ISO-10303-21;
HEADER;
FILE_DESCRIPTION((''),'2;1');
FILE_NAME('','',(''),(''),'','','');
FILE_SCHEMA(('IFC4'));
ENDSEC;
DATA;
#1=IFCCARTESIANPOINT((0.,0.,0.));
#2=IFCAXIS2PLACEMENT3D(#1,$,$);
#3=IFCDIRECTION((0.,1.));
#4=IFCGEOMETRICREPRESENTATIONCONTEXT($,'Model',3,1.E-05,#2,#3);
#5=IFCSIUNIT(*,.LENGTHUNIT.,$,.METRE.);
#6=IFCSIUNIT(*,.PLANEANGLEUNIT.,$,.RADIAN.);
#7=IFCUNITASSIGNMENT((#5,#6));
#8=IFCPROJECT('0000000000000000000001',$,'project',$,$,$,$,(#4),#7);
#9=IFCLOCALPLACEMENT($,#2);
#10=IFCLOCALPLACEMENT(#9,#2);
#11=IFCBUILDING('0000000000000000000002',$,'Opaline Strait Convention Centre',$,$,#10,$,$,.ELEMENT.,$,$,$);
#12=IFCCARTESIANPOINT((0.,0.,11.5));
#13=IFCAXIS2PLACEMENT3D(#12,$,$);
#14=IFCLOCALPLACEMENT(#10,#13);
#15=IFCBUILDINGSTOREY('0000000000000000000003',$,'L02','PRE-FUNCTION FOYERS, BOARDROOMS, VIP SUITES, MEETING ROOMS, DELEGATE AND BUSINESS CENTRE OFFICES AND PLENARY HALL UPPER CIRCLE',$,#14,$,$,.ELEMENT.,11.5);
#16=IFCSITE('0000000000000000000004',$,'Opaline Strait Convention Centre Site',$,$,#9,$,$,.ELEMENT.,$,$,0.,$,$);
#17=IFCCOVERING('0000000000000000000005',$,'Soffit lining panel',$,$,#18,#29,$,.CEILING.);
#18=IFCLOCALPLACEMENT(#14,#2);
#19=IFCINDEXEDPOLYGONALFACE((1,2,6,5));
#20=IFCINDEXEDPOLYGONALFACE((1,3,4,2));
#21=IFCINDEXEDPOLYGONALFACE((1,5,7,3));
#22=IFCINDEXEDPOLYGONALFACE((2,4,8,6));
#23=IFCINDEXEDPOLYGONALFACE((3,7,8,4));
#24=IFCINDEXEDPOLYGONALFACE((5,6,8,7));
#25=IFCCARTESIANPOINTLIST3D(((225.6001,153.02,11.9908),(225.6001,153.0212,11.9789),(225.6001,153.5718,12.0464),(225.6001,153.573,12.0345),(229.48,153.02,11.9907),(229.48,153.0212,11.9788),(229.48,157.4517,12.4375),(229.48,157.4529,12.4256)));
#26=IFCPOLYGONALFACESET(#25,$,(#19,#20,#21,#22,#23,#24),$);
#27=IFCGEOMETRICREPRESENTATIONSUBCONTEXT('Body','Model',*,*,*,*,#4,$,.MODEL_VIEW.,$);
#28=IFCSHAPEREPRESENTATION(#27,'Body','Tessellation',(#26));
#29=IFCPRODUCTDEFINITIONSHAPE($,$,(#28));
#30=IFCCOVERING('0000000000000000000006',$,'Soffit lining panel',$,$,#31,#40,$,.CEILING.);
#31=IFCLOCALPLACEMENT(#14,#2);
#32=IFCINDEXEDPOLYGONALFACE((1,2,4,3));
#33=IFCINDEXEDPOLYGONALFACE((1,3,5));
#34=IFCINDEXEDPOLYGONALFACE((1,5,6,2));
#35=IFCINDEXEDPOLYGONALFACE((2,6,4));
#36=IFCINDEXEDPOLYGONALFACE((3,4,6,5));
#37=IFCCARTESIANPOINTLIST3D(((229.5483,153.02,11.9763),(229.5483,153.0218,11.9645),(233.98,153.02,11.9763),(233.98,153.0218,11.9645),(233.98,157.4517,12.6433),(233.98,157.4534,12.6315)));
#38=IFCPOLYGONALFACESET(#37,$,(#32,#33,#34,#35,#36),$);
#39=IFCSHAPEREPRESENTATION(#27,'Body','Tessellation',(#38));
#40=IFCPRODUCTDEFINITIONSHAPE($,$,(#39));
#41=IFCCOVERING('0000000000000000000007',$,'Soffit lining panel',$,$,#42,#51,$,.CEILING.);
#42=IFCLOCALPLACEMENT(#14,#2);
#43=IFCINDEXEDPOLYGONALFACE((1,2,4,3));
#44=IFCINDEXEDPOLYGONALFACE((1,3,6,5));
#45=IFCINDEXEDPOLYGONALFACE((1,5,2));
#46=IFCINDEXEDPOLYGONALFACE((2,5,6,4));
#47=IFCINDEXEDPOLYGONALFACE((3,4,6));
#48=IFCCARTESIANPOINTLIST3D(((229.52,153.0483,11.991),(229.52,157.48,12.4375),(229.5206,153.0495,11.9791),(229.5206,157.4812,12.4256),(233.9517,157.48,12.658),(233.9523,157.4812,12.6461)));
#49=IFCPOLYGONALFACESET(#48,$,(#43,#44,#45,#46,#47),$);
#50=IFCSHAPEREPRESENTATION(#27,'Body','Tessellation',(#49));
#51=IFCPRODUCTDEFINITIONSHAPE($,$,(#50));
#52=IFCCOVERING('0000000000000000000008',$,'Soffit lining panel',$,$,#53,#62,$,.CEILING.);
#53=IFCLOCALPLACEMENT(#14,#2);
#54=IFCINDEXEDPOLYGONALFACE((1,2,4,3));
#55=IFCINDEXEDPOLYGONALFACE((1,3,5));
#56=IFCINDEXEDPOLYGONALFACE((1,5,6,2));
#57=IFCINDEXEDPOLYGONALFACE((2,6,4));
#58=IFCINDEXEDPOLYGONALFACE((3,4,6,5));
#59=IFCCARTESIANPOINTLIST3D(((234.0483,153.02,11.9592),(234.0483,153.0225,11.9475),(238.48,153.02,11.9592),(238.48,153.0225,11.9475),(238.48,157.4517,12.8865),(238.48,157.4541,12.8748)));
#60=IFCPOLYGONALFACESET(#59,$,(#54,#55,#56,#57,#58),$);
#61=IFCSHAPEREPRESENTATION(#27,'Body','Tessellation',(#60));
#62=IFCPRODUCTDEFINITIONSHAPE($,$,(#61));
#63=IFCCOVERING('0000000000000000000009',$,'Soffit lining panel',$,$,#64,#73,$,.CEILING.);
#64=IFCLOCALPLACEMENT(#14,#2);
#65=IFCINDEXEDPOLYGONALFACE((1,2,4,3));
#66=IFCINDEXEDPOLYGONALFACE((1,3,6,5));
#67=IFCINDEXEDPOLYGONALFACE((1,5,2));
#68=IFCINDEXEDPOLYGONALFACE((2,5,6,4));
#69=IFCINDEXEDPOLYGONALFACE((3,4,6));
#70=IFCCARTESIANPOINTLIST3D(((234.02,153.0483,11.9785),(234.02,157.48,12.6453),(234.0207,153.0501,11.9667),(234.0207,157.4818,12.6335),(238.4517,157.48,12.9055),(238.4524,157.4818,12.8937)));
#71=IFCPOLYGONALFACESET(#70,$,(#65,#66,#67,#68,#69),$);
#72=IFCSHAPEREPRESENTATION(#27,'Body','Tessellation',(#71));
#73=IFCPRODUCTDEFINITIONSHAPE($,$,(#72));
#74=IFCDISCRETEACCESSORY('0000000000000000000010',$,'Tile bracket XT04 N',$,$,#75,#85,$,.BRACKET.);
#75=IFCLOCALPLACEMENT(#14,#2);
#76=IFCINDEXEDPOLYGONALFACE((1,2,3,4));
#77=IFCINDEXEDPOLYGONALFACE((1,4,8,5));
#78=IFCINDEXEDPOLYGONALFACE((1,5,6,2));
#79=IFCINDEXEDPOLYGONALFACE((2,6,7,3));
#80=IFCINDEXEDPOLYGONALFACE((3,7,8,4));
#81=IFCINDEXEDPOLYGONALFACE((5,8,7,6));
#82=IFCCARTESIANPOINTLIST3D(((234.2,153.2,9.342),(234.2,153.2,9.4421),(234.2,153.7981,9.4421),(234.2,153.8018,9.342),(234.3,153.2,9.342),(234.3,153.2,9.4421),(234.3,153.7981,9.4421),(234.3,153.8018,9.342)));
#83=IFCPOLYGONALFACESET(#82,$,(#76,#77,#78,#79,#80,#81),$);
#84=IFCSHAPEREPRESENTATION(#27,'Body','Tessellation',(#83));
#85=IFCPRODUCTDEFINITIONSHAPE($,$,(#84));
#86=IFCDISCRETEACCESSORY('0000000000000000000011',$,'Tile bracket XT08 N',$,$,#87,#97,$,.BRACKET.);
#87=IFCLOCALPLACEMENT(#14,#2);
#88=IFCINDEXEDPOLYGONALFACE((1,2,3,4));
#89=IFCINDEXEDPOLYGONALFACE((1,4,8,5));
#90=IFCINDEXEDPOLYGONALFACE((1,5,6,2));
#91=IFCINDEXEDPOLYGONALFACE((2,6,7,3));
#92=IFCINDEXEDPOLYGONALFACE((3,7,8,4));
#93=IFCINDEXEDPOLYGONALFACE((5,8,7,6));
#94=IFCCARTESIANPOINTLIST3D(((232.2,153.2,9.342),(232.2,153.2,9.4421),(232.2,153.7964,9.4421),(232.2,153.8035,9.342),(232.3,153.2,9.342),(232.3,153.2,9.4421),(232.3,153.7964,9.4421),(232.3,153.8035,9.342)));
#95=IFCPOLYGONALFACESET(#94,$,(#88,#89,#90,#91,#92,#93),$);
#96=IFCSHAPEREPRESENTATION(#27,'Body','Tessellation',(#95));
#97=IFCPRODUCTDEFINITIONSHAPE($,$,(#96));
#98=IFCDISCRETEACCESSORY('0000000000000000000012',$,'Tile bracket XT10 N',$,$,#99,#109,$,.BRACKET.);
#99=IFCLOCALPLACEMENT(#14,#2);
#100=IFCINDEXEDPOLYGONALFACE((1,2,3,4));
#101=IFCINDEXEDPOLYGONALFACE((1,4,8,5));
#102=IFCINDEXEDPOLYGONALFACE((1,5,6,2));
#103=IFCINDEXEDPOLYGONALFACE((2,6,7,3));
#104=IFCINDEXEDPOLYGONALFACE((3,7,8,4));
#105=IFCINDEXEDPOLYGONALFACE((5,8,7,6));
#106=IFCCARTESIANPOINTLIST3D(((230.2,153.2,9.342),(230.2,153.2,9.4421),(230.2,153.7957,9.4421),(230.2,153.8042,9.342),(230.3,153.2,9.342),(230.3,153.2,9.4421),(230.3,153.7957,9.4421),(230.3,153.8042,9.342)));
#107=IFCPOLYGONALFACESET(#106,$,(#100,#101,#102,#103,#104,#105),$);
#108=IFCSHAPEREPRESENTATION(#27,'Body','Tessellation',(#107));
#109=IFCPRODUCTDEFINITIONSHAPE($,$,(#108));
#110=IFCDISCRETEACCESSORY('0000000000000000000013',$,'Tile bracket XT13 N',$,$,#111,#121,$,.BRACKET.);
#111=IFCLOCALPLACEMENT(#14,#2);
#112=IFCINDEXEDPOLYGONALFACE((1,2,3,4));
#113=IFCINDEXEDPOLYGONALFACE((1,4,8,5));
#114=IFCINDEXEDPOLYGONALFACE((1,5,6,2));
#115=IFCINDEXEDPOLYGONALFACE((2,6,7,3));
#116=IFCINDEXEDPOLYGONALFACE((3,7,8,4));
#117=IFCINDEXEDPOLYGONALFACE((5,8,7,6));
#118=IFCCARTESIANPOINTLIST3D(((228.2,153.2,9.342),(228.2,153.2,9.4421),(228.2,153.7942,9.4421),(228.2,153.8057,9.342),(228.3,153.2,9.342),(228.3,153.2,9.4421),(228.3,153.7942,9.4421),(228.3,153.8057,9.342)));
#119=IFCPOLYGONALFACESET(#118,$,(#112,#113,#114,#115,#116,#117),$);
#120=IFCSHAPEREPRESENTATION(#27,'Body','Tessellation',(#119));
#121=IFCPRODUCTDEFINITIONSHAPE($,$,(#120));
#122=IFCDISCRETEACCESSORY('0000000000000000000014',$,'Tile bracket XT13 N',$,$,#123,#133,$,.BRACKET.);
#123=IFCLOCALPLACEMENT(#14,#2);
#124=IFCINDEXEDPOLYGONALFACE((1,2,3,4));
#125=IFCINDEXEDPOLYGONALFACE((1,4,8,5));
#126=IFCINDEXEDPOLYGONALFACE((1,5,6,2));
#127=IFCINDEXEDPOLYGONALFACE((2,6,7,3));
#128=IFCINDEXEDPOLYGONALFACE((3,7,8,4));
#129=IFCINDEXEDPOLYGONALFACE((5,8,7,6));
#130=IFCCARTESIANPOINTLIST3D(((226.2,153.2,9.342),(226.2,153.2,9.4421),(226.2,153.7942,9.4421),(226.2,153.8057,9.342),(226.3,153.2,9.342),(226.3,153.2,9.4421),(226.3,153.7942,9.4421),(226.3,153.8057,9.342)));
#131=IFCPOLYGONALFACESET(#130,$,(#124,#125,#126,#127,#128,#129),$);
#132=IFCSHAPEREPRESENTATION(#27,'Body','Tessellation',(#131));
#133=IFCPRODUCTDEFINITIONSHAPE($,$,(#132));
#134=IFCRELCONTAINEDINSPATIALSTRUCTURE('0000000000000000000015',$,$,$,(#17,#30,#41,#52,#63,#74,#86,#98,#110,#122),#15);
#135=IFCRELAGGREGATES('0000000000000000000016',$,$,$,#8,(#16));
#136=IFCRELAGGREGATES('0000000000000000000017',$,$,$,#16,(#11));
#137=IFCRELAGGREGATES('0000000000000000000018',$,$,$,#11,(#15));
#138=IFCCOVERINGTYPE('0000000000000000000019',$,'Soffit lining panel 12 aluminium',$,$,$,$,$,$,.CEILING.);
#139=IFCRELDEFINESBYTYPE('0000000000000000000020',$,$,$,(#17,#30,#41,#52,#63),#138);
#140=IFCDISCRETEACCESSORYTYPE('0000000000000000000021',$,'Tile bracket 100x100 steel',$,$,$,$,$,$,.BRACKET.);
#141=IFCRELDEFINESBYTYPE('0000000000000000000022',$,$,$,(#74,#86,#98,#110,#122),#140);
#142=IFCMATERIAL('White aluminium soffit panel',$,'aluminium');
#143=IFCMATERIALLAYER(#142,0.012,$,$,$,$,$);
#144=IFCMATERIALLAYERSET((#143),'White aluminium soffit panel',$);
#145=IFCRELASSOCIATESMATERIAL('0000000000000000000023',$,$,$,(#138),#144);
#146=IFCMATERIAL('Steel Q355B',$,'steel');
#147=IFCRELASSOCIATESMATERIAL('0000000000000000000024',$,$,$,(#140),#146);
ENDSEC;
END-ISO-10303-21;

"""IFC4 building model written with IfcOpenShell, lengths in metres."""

from ifc_helpers import new_model, si_unit, direction, frame, origin, place, context, subcontext, project, spatial, polyline, outline, extrude, material, layer, layer_set, type_object, element, save


model = new_model("IFC4")

# Units and contexts
model_context = context("Model", 3, precision=1e-05, world=origin(), true_north=direction((0.0, 1.0)))
body_context = subcontext(model_context, "Body", "Model", "MODEL_VIEW")
ifc_project = project(units=[si_unit("LENGTHUNIT", "METRE"), si_unit("PLANEANGLEUNIT", "RADIAN")], contexts=[model_context])

# Site, building, storey
site_placement = place(None, origin())
site = spatial("IfcSite", under=ifc_project, at=site_placement, Name="Opaline Strait Convention Centre Site", CompositionType="ELEMENT", RefElevation=0.0)
building_placement = place(site_placement, origin())
building = spatial("IfcBuilding", under=site, at=building_placement, Name="Opaline Strait Convention Centre", CompositionType="ELEMENT")
storey_placement = place(building_placement, frame((0.0, 0.0, 11.5)))
storey = spatial("IfcBuildingStorey", under=building, at=storey_placement, Name="L02", Description="PRE-FUNCTION FOYERS, BOARDROOMS, VIP SUITES, MEETING ROOMS, DELEGATE AND BUSINESS CENTRE OFFICES AND PLENARY HALL UPPER CIRCLE", CompositionType="ELEMENT", Elevation=11.5)

# Shared definitions
ifc_material_1 = material(Name="Steel Q355B", Category="steel")

# Coverings
ifc_material_2 = material(Name="White aluminium soffit panel", Category="aluminium")
ifc_layer = layer(ifc_material_2, 0.012)
ifc_layer_set = layer_set([ifc_layer], Name="White aluminium soffit panel")
covering_type_1 = type_object("IfcCoveringType", Name="Soffit lining panel 12 aluminium", PredefinedType="CEILING", material=ifc_layer_set)
covering_1_placement = place(storey_placement, frame((225.6001, 153.5718, 12.0464), z_axis=(0.000009, -0.100314, 0.994956), x_axis=(0.705317, 0.705317, 0.071106)))
element("IfcCovering", 1, at=covering_1_placement, inside=storey, type_object=covering_type_1, Name="Soffit lining panel", PredefinedType="CEILING", context=body_context, shape_type="SweptSolid", body=[
    extrude(outline(polyline([(0.0, 0.0), (5.5009, 0.0), (2.3434, -3.1416), (-0.3931, -0.3911), (0.0, 0.0)])), origin(), (0.0, 0.0, -1.0), 0.012),
])
covering_2_placement = place(storey_placement, frame((229.5483, 153.02, 11.9763), z_axis=(0.0, -0.148831, 0.988863), x_axis=(0.703136, 0.703136, 0.105827)))
element("IfcCovering", 2, at=covering_2_placement, inside=storey, type_object=covering_type_1, Name="Soffit lining panel", PredefinedType="CEILING", context=body_context, shape_type="SweptSolid", body=[
    extrude(outline(polyline([(0.0, 0.0), (6.3027, 0.0), (3.116, -3.1511), (0.0, 0.0)])), origin(), (0.0, 0.0, -1.0), 0.012),
])
covering_3_placement = place(storey_placement, frame((229.52, 153.0483, 11.991), z_axis=(-0.049435, -0.10013, 0.993745), x_axis=(0.0, 0.994962, 0.100253)))
element("IfcCovering", 3, at=covering_3_placement, inside=storey, type_object=covering_type_1, Name="Soffit lining panel", PredefinedType="CEILING", context=body_context, shape_type="SweptSolid", body=[
    extrude(outline(polyline([(0.0, 0.0), (4.4541, 0.0), (4.4762, -4.4371), (0.0, 0.0)])), origin(), (0.0, 0.0, -1.0), 0.012),
])
covering_4_placement = place(storey_placement, frame((234.0483, 153.02, 11.9592), z_axis=(0.0, -0.204798, 0.978804), x_axis=(0.699493, 0.699493, 0.146357)))
element("IfcCovering", 4, at=covering_4_placement, inside=storey, type_object=covering_type_1, Name="Soffit lining panel", PredefinedType="CEILING", context=body_context, shape_type="SweptSolid", body=[
    extrude(outline(polyline([(0.0, 0.0), (6.3355, 0.0), (3.0999, -3.167), (0.0, 0.0)])), origin(), (0.0, 0.0, -1.0), 0.012),
])
covering_5_placement = place(storey_placement, frame((234.02, 153.0483, 11.9785), z_axis=(-0.057975, -0.148527, 0.987207), x_axis=(0.0, 0.988871, 0.148777)))
element("IfcCovering", 5, at=covering_5_placement, inside=storey, type_object=covering_type_1, Name="Soffit lining panel", PredefinedType="CEILING", context=body_context, shape_type="SweptSolid", body=[
    extrude(outline(polyline([(0.0, 0.0), (4.4815, 0.0), (4.5202, -4.4391), (0.0, 0.0)])), origin(), (0.0, 0.0, -1.0), 0.012),
])

# Discrete accessories
discrete_accessory_type = type_object("IfcDiscreteAccessoryType", Name="Tile bracket 100x100 steel", PredefinedType="BRACKET", material=ifc_material_1)
discrete_accessory_1_placement = place(storey_placement, frame((234.3, 153.2, 9.3921), z_axis=(-1.0, 0.0, 0.0), x_axis=(0.0, -1.0, 0.0)))
element("IfcDiscreteAccessory", 6, at=discrete_accessory_1_placement, inside=storey, type_object=discrete_accessory_type, Name="Tile bracket XT04 N", PredefinedType="BRACKET", context=body_context, shape_type="SweptSolid", body=[
    extrude(outline(polyline([(0.0, -0.05), (0.0, 0.05), (-0.5981, 0.05), (-0.6018, -0.05), (0.0, -0.05)])), origin(), (0.0, 0.0, 1.0), 0.1001),
])
discrete_accessory_2_placement = place(storey_placement, frame((232.3, 153.2, 9.3921), z_axis=(-1.0, 0.0, 0.0), x_axis=(0.0, -1.0, 0.0)))
element("IfcDiscreteAccessory", 7, at=discrete_accessory_2_placement, inside=storey, type_object=discrete_accessory_type, Name="Tile bracket XT08 N", PredefinedType="BRACKET", context=body_context, shape_type="SweptSolid", body=[
    extrude(outline(polyline([(0.0, -0.05), (0.0, 0.05), (-0.5964, 0.05), (-0.6035, -0.05), (0.0, -0.05)])), origin(), (0.0, 0.0, 1.0), 0.1001),
])
discrete_accessory_3_placement = place(storey_placement, frame((230.3, 153.2, 9.3921), z_axis=(-1.0, 0.0, 0.0), x_axis=(0.0, -1.0, 0.0)))
element("IfcDiscreteAccessory", 8, at=discrete_accessory_3_placement, inside=storey, type_object=discrete_accessory_type, Name="Tile bracket XT10 N", PredefinedType="BRACKET", context=body_context, shape_type="SweptSolid", body=[
    extrude(outline(polyline([(0.0, -0.05), (0.0, 0.05), (-0.5957, 0.05), (-0.6042, -0.05), (0.0, -0.05)])), origin(), (0.0, 0.0, 1.0), 0.1001),
])
for number, where, z_axis, x_axis, name in (
    (9, (228.3, 153.2, 9.3921), (-1.0, 0.0, 0.0), (0.0, -1.0, 0.0), "Tile bracket XT13 N"),
    (10, (226.3, 153.2, 9.3921), (-1.0, 0.0, 0.0), (0.0, -1.0, 0.0), "Tile bracket XT13 N"),
):
    element("IfcDiscreteAccessory", number, at=place(storey_placement, frame(where, z_axis=z_axis, x_axis=x_axis)), inside=storey, type_object=discrete_accessory_type, Name=name, PredefinedType="BRACKET", context=body_context, shape_type="SweptSolid", body=[
        extrude(outline(polyline([(0.0, -0.05), (0.0, 0.05), (-0.5942, 0.05), (-0.6057, -0.05), (0.0, -0.05)])), origin(), (0.0, 0.0, 1.0), 0.1001),
    ])

save(model, "model.ifc")
